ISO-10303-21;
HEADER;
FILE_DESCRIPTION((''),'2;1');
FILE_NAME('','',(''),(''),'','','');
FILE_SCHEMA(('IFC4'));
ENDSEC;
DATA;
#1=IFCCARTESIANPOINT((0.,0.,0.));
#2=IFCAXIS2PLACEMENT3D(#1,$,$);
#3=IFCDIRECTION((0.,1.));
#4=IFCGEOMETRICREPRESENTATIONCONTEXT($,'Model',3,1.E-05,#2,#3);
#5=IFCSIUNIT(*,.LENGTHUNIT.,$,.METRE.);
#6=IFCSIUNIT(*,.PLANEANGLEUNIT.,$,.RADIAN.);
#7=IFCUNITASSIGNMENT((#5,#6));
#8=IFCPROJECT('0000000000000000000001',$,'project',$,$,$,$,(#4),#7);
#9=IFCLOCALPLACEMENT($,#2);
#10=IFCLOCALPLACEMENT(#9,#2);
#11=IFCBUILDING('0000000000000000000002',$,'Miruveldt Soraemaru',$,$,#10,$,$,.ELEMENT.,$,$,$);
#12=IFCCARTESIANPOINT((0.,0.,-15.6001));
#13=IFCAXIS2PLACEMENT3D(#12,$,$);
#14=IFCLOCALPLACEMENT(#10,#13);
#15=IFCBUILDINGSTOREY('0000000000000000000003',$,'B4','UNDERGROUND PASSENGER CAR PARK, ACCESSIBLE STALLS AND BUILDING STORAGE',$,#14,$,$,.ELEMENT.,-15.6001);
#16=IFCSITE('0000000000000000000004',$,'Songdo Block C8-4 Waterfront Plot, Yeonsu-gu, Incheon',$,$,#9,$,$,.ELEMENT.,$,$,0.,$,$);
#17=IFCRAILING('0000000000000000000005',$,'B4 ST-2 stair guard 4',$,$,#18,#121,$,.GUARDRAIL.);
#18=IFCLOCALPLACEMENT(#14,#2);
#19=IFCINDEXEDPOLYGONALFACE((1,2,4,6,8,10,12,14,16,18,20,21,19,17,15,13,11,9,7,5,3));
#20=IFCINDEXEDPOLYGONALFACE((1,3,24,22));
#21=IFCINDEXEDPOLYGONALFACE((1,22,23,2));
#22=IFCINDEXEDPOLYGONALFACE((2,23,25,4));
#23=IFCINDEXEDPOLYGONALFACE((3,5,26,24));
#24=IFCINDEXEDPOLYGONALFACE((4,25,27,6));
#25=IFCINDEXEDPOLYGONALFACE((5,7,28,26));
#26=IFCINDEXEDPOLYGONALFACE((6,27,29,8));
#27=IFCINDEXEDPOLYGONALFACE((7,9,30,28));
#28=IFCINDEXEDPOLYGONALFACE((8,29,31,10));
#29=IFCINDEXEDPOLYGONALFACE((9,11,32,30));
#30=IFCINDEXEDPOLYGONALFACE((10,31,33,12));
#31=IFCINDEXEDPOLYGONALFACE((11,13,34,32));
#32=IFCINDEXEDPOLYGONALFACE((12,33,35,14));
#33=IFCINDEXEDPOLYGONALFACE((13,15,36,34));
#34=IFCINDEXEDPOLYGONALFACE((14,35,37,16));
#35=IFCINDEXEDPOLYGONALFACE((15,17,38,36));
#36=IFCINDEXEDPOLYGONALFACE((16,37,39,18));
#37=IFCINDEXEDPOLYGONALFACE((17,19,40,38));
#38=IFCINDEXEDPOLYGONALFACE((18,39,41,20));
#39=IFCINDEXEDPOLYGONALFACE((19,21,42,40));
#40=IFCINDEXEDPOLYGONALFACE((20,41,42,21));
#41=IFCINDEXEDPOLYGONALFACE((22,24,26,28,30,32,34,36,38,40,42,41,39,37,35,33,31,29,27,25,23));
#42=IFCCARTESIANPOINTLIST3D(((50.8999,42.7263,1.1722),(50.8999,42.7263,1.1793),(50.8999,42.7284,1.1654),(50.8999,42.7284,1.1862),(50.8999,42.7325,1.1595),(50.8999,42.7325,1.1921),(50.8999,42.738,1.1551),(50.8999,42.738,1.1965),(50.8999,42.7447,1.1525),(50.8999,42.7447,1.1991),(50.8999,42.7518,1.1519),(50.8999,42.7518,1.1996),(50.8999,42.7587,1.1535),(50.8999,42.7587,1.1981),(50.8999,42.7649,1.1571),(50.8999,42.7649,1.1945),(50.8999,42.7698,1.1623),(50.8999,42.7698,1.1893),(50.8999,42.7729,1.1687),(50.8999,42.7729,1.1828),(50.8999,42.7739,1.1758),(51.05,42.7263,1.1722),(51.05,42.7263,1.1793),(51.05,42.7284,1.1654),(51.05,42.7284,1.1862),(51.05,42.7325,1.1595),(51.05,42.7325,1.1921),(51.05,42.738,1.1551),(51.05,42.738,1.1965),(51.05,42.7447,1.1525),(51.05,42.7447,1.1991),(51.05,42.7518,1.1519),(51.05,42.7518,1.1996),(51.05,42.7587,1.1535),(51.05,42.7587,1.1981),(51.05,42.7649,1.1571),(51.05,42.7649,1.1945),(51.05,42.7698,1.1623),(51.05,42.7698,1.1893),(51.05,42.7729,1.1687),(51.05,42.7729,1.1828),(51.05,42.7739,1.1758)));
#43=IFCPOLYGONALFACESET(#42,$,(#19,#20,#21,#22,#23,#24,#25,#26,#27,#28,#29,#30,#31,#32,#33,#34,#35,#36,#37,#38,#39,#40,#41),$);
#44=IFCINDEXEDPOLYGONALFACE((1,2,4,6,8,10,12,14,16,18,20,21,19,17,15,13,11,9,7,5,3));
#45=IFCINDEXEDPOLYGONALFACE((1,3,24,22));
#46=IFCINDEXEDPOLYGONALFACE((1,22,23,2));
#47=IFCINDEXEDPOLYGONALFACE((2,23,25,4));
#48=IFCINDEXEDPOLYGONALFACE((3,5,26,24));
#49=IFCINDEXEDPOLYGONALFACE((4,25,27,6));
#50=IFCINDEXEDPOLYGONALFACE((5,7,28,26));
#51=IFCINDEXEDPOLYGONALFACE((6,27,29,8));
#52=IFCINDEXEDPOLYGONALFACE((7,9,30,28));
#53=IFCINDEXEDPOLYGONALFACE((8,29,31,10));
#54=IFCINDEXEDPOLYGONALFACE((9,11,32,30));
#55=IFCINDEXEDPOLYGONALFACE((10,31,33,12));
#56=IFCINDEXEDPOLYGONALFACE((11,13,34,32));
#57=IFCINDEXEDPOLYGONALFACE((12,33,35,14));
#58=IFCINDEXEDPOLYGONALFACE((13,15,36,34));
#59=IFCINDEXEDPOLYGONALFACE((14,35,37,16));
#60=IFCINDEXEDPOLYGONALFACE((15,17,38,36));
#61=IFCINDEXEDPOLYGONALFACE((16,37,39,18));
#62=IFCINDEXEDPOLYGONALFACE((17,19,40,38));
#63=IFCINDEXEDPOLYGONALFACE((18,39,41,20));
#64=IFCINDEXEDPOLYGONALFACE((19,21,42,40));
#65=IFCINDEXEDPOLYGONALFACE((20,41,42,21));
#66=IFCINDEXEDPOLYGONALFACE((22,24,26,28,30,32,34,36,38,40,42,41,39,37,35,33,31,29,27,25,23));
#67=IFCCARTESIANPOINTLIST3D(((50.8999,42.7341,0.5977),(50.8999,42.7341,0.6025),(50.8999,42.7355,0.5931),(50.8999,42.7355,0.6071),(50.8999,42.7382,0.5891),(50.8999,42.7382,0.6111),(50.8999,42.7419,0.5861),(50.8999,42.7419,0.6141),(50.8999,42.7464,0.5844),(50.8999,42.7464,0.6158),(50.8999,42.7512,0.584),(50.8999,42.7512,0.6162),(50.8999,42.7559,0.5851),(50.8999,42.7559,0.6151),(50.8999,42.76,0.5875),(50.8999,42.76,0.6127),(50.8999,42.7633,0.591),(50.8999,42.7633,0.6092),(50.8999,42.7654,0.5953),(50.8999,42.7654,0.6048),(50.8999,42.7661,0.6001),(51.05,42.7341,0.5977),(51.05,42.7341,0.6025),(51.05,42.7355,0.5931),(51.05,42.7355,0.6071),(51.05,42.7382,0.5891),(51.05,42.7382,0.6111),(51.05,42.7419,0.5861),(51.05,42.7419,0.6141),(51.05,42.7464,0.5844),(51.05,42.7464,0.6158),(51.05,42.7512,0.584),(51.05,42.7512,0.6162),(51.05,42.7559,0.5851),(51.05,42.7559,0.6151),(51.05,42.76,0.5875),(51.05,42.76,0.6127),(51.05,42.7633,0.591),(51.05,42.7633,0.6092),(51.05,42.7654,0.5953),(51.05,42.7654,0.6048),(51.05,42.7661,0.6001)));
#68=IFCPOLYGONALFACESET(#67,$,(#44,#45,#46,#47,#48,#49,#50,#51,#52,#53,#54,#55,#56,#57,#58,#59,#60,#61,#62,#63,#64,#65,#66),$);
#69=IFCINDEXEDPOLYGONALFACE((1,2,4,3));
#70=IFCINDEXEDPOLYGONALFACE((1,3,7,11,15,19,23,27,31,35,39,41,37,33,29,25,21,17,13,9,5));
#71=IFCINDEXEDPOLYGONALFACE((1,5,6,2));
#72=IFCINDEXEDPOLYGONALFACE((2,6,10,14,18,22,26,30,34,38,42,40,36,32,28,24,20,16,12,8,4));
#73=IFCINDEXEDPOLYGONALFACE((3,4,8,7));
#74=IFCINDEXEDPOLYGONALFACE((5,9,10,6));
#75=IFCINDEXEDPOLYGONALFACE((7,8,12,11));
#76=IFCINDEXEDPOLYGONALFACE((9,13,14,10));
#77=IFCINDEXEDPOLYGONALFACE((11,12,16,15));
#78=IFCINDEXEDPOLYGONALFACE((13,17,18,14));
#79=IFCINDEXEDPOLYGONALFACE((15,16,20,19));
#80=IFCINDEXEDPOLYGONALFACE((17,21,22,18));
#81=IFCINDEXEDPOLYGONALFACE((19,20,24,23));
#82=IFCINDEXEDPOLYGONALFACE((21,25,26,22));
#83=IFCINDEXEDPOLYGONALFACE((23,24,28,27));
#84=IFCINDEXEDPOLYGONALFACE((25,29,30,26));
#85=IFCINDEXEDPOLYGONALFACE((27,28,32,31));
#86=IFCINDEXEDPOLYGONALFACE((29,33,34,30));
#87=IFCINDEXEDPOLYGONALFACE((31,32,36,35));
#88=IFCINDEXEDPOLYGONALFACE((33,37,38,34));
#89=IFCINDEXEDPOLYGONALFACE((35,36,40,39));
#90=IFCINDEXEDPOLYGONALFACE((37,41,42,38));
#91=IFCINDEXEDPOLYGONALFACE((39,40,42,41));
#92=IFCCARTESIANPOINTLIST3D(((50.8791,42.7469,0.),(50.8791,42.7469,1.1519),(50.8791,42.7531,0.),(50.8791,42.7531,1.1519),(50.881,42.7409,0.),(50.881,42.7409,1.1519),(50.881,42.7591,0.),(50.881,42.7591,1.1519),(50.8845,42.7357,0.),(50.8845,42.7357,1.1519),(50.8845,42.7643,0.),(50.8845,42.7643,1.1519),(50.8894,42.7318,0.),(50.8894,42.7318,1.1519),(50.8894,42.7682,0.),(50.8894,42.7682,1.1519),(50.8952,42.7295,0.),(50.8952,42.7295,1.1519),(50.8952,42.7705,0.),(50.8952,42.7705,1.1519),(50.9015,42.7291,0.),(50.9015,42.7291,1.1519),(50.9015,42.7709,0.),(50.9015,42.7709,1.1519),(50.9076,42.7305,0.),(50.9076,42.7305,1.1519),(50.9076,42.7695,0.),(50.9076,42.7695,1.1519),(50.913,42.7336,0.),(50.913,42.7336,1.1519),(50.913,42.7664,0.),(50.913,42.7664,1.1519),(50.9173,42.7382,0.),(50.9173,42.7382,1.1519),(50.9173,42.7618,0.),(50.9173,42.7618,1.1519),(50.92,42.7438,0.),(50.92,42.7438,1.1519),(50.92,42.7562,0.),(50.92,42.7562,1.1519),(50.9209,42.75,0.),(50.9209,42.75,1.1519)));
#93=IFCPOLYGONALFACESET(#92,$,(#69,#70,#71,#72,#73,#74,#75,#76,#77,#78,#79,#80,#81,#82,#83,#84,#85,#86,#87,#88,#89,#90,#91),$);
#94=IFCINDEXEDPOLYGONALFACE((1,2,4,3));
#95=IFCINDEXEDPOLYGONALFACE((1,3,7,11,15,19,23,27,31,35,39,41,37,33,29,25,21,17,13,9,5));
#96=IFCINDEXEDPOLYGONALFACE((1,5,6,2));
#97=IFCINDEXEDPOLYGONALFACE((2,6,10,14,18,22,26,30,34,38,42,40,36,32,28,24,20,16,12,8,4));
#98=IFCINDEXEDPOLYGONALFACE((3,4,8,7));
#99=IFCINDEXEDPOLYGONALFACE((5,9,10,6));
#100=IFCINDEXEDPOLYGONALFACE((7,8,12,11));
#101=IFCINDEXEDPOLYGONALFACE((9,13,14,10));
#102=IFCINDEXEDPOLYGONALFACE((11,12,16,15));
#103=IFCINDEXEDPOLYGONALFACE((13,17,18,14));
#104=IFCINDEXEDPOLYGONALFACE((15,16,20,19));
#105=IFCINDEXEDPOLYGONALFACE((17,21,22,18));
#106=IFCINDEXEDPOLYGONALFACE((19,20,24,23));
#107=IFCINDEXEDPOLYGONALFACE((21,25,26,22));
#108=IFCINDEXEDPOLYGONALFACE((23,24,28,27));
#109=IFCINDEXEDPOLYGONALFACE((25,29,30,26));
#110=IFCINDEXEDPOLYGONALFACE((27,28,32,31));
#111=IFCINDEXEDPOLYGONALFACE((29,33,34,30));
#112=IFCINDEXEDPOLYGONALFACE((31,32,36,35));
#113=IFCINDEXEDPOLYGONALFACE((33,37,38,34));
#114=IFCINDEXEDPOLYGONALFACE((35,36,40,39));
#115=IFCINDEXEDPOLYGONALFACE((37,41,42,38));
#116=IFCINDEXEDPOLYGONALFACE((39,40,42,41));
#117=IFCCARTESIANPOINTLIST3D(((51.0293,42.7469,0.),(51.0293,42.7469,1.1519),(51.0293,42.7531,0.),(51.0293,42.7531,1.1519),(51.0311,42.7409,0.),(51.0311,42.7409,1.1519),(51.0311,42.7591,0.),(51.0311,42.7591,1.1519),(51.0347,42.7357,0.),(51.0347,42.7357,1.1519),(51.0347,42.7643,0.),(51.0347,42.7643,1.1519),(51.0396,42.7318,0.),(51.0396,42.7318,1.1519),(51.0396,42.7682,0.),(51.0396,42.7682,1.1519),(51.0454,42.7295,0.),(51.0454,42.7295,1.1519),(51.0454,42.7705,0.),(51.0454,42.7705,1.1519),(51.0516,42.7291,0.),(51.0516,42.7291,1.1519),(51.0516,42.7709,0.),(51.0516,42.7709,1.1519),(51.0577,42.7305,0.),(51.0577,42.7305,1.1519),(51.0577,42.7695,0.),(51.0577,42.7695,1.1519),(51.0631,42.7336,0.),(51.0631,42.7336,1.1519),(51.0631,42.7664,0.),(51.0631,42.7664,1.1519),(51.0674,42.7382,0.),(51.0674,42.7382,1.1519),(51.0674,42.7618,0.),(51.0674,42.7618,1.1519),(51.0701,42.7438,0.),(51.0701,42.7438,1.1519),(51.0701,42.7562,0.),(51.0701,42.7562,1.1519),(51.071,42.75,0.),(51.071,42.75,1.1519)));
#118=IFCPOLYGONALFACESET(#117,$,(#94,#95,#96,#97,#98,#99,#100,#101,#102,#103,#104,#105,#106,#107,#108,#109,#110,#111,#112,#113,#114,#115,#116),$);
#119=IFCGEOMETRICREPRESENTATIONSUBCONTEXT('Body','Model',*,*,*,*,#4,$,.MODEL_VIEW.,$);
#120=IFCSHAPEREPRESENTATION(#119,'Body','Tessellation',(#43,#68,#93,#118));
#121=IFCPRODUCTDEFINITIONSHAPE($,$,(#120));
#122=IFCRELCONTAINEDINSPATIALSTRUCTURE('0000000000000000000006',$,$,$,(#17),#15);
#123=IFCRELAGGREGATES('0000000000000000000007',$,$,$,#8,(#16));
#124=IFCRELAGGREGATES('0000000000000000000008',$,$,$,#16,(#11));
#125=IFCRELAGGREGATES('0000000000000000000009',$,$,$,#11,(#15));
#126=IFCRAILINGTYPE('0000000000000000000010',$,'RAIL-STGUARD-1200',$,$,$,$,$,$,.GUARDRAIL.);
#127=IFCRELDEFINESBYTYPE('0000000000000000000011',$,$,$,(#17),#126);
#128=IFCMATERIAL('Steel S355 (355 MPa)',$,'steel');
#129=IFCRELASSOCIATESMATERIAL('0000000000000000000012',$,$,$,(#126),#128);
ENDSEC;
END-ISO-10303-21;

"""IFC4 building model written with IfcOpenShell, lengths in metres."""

from ifc_helpers import new_model, si_unit, direction, frame, origin, origin_2d, place, context, subcontext, project, spatial, circle, extrude, material, type_object, element, save


model = new_model("IFC4")

# Units and contexts
model_context = context("Model", 3, precision=1e-05, world=origin(), true_north=direction((0.0, 1.0)))
body_context = subcontext(model_context, "Body", "Model", "MODEL_VIEW")
ifc_project = project(units=[si_unit("LENGTHUNIT", "METRE"), si_unit("PLANEANGLEUNIT", "RADIAN")], contexts=[model_context])

# Site, building, storey
site_placement = place(None, origin())
site = spatial("IfcSite", under=ifc_project, at=site_placement, Name="Songdo Block C8-4 Waterfront Plot, Yeonsu-gu, Incheon", CompositionType="ELEMENT", RefElevation=0.0)
building_placement = place(site_placement, origin())
building = spatial("IfcBuilding", under=site, at=building_placement, Name="Miruveldt Soraemaru", CompositionType="ELEMENT")
storey_placement = place(building_placement, frame((0.0, 0.0, -15.6001)))
storey = spatial("IfcBuildingStorey", under=building, at=storey_placement, Name="B4", Description="UNDERGROUND PASSENGER CAR PARK, ACCESSIBLE STALLS AND BUILDING STORAGE", CompositionType="ELEMENT", Elevation=-15.6001)

# Shared definitions
ifc_material_1 = material(Name="Steel S355 (355 MPa)", Category="steel")

# Railing
railing_type_1 = type_object("IfcRailingType", Name="RAIL-STGUARD-1200", PredefinedType="GUARDRAIL", material=ifc_material_1)
railing_1_placement = place(storey_placement, frame((50.8999, 42.75, 0.0)))
element("IfcRailing", 1, at=railing_1_placement, inside=storey, type_object=railing_type_1, Name="B4 ST-2 stair guard 4", PredefinedType="GUARDRAIL", context=body_context, shape_type="SweptSolid", body=[
    extrude(circle(Radius=0.0239, at=origin_2d()), frame((0.0, 0.0, 1.1758), z_axis=(1.0, 0.0, 0.0), x_axis=(0.0, 1.0, 0.0)), (0.0, 0.0, 1.0), 0.1501),
    extrude(circle(Radius=0.0161, at=origin_2d()), frame((0.0, 0.0, 0.6001), z_axis=(1.0, 0.0, 0.0), x_axis=(0.0, 1.0, 0.0)), (0.0, 0.0, 1.0), 0.1501),
    extrude(circle(Radius=0.021, at=origin_2d()), origin(), (0.0, 0.0, 1.0), 1.1519),
    extrude(circle(Radius=0.021, at=origin_2d()), frame((0.1501, 0.0, 0.0)), (0.0, 0.0, 1.0), 1.1519),
])

save(model, "model.ifc")
